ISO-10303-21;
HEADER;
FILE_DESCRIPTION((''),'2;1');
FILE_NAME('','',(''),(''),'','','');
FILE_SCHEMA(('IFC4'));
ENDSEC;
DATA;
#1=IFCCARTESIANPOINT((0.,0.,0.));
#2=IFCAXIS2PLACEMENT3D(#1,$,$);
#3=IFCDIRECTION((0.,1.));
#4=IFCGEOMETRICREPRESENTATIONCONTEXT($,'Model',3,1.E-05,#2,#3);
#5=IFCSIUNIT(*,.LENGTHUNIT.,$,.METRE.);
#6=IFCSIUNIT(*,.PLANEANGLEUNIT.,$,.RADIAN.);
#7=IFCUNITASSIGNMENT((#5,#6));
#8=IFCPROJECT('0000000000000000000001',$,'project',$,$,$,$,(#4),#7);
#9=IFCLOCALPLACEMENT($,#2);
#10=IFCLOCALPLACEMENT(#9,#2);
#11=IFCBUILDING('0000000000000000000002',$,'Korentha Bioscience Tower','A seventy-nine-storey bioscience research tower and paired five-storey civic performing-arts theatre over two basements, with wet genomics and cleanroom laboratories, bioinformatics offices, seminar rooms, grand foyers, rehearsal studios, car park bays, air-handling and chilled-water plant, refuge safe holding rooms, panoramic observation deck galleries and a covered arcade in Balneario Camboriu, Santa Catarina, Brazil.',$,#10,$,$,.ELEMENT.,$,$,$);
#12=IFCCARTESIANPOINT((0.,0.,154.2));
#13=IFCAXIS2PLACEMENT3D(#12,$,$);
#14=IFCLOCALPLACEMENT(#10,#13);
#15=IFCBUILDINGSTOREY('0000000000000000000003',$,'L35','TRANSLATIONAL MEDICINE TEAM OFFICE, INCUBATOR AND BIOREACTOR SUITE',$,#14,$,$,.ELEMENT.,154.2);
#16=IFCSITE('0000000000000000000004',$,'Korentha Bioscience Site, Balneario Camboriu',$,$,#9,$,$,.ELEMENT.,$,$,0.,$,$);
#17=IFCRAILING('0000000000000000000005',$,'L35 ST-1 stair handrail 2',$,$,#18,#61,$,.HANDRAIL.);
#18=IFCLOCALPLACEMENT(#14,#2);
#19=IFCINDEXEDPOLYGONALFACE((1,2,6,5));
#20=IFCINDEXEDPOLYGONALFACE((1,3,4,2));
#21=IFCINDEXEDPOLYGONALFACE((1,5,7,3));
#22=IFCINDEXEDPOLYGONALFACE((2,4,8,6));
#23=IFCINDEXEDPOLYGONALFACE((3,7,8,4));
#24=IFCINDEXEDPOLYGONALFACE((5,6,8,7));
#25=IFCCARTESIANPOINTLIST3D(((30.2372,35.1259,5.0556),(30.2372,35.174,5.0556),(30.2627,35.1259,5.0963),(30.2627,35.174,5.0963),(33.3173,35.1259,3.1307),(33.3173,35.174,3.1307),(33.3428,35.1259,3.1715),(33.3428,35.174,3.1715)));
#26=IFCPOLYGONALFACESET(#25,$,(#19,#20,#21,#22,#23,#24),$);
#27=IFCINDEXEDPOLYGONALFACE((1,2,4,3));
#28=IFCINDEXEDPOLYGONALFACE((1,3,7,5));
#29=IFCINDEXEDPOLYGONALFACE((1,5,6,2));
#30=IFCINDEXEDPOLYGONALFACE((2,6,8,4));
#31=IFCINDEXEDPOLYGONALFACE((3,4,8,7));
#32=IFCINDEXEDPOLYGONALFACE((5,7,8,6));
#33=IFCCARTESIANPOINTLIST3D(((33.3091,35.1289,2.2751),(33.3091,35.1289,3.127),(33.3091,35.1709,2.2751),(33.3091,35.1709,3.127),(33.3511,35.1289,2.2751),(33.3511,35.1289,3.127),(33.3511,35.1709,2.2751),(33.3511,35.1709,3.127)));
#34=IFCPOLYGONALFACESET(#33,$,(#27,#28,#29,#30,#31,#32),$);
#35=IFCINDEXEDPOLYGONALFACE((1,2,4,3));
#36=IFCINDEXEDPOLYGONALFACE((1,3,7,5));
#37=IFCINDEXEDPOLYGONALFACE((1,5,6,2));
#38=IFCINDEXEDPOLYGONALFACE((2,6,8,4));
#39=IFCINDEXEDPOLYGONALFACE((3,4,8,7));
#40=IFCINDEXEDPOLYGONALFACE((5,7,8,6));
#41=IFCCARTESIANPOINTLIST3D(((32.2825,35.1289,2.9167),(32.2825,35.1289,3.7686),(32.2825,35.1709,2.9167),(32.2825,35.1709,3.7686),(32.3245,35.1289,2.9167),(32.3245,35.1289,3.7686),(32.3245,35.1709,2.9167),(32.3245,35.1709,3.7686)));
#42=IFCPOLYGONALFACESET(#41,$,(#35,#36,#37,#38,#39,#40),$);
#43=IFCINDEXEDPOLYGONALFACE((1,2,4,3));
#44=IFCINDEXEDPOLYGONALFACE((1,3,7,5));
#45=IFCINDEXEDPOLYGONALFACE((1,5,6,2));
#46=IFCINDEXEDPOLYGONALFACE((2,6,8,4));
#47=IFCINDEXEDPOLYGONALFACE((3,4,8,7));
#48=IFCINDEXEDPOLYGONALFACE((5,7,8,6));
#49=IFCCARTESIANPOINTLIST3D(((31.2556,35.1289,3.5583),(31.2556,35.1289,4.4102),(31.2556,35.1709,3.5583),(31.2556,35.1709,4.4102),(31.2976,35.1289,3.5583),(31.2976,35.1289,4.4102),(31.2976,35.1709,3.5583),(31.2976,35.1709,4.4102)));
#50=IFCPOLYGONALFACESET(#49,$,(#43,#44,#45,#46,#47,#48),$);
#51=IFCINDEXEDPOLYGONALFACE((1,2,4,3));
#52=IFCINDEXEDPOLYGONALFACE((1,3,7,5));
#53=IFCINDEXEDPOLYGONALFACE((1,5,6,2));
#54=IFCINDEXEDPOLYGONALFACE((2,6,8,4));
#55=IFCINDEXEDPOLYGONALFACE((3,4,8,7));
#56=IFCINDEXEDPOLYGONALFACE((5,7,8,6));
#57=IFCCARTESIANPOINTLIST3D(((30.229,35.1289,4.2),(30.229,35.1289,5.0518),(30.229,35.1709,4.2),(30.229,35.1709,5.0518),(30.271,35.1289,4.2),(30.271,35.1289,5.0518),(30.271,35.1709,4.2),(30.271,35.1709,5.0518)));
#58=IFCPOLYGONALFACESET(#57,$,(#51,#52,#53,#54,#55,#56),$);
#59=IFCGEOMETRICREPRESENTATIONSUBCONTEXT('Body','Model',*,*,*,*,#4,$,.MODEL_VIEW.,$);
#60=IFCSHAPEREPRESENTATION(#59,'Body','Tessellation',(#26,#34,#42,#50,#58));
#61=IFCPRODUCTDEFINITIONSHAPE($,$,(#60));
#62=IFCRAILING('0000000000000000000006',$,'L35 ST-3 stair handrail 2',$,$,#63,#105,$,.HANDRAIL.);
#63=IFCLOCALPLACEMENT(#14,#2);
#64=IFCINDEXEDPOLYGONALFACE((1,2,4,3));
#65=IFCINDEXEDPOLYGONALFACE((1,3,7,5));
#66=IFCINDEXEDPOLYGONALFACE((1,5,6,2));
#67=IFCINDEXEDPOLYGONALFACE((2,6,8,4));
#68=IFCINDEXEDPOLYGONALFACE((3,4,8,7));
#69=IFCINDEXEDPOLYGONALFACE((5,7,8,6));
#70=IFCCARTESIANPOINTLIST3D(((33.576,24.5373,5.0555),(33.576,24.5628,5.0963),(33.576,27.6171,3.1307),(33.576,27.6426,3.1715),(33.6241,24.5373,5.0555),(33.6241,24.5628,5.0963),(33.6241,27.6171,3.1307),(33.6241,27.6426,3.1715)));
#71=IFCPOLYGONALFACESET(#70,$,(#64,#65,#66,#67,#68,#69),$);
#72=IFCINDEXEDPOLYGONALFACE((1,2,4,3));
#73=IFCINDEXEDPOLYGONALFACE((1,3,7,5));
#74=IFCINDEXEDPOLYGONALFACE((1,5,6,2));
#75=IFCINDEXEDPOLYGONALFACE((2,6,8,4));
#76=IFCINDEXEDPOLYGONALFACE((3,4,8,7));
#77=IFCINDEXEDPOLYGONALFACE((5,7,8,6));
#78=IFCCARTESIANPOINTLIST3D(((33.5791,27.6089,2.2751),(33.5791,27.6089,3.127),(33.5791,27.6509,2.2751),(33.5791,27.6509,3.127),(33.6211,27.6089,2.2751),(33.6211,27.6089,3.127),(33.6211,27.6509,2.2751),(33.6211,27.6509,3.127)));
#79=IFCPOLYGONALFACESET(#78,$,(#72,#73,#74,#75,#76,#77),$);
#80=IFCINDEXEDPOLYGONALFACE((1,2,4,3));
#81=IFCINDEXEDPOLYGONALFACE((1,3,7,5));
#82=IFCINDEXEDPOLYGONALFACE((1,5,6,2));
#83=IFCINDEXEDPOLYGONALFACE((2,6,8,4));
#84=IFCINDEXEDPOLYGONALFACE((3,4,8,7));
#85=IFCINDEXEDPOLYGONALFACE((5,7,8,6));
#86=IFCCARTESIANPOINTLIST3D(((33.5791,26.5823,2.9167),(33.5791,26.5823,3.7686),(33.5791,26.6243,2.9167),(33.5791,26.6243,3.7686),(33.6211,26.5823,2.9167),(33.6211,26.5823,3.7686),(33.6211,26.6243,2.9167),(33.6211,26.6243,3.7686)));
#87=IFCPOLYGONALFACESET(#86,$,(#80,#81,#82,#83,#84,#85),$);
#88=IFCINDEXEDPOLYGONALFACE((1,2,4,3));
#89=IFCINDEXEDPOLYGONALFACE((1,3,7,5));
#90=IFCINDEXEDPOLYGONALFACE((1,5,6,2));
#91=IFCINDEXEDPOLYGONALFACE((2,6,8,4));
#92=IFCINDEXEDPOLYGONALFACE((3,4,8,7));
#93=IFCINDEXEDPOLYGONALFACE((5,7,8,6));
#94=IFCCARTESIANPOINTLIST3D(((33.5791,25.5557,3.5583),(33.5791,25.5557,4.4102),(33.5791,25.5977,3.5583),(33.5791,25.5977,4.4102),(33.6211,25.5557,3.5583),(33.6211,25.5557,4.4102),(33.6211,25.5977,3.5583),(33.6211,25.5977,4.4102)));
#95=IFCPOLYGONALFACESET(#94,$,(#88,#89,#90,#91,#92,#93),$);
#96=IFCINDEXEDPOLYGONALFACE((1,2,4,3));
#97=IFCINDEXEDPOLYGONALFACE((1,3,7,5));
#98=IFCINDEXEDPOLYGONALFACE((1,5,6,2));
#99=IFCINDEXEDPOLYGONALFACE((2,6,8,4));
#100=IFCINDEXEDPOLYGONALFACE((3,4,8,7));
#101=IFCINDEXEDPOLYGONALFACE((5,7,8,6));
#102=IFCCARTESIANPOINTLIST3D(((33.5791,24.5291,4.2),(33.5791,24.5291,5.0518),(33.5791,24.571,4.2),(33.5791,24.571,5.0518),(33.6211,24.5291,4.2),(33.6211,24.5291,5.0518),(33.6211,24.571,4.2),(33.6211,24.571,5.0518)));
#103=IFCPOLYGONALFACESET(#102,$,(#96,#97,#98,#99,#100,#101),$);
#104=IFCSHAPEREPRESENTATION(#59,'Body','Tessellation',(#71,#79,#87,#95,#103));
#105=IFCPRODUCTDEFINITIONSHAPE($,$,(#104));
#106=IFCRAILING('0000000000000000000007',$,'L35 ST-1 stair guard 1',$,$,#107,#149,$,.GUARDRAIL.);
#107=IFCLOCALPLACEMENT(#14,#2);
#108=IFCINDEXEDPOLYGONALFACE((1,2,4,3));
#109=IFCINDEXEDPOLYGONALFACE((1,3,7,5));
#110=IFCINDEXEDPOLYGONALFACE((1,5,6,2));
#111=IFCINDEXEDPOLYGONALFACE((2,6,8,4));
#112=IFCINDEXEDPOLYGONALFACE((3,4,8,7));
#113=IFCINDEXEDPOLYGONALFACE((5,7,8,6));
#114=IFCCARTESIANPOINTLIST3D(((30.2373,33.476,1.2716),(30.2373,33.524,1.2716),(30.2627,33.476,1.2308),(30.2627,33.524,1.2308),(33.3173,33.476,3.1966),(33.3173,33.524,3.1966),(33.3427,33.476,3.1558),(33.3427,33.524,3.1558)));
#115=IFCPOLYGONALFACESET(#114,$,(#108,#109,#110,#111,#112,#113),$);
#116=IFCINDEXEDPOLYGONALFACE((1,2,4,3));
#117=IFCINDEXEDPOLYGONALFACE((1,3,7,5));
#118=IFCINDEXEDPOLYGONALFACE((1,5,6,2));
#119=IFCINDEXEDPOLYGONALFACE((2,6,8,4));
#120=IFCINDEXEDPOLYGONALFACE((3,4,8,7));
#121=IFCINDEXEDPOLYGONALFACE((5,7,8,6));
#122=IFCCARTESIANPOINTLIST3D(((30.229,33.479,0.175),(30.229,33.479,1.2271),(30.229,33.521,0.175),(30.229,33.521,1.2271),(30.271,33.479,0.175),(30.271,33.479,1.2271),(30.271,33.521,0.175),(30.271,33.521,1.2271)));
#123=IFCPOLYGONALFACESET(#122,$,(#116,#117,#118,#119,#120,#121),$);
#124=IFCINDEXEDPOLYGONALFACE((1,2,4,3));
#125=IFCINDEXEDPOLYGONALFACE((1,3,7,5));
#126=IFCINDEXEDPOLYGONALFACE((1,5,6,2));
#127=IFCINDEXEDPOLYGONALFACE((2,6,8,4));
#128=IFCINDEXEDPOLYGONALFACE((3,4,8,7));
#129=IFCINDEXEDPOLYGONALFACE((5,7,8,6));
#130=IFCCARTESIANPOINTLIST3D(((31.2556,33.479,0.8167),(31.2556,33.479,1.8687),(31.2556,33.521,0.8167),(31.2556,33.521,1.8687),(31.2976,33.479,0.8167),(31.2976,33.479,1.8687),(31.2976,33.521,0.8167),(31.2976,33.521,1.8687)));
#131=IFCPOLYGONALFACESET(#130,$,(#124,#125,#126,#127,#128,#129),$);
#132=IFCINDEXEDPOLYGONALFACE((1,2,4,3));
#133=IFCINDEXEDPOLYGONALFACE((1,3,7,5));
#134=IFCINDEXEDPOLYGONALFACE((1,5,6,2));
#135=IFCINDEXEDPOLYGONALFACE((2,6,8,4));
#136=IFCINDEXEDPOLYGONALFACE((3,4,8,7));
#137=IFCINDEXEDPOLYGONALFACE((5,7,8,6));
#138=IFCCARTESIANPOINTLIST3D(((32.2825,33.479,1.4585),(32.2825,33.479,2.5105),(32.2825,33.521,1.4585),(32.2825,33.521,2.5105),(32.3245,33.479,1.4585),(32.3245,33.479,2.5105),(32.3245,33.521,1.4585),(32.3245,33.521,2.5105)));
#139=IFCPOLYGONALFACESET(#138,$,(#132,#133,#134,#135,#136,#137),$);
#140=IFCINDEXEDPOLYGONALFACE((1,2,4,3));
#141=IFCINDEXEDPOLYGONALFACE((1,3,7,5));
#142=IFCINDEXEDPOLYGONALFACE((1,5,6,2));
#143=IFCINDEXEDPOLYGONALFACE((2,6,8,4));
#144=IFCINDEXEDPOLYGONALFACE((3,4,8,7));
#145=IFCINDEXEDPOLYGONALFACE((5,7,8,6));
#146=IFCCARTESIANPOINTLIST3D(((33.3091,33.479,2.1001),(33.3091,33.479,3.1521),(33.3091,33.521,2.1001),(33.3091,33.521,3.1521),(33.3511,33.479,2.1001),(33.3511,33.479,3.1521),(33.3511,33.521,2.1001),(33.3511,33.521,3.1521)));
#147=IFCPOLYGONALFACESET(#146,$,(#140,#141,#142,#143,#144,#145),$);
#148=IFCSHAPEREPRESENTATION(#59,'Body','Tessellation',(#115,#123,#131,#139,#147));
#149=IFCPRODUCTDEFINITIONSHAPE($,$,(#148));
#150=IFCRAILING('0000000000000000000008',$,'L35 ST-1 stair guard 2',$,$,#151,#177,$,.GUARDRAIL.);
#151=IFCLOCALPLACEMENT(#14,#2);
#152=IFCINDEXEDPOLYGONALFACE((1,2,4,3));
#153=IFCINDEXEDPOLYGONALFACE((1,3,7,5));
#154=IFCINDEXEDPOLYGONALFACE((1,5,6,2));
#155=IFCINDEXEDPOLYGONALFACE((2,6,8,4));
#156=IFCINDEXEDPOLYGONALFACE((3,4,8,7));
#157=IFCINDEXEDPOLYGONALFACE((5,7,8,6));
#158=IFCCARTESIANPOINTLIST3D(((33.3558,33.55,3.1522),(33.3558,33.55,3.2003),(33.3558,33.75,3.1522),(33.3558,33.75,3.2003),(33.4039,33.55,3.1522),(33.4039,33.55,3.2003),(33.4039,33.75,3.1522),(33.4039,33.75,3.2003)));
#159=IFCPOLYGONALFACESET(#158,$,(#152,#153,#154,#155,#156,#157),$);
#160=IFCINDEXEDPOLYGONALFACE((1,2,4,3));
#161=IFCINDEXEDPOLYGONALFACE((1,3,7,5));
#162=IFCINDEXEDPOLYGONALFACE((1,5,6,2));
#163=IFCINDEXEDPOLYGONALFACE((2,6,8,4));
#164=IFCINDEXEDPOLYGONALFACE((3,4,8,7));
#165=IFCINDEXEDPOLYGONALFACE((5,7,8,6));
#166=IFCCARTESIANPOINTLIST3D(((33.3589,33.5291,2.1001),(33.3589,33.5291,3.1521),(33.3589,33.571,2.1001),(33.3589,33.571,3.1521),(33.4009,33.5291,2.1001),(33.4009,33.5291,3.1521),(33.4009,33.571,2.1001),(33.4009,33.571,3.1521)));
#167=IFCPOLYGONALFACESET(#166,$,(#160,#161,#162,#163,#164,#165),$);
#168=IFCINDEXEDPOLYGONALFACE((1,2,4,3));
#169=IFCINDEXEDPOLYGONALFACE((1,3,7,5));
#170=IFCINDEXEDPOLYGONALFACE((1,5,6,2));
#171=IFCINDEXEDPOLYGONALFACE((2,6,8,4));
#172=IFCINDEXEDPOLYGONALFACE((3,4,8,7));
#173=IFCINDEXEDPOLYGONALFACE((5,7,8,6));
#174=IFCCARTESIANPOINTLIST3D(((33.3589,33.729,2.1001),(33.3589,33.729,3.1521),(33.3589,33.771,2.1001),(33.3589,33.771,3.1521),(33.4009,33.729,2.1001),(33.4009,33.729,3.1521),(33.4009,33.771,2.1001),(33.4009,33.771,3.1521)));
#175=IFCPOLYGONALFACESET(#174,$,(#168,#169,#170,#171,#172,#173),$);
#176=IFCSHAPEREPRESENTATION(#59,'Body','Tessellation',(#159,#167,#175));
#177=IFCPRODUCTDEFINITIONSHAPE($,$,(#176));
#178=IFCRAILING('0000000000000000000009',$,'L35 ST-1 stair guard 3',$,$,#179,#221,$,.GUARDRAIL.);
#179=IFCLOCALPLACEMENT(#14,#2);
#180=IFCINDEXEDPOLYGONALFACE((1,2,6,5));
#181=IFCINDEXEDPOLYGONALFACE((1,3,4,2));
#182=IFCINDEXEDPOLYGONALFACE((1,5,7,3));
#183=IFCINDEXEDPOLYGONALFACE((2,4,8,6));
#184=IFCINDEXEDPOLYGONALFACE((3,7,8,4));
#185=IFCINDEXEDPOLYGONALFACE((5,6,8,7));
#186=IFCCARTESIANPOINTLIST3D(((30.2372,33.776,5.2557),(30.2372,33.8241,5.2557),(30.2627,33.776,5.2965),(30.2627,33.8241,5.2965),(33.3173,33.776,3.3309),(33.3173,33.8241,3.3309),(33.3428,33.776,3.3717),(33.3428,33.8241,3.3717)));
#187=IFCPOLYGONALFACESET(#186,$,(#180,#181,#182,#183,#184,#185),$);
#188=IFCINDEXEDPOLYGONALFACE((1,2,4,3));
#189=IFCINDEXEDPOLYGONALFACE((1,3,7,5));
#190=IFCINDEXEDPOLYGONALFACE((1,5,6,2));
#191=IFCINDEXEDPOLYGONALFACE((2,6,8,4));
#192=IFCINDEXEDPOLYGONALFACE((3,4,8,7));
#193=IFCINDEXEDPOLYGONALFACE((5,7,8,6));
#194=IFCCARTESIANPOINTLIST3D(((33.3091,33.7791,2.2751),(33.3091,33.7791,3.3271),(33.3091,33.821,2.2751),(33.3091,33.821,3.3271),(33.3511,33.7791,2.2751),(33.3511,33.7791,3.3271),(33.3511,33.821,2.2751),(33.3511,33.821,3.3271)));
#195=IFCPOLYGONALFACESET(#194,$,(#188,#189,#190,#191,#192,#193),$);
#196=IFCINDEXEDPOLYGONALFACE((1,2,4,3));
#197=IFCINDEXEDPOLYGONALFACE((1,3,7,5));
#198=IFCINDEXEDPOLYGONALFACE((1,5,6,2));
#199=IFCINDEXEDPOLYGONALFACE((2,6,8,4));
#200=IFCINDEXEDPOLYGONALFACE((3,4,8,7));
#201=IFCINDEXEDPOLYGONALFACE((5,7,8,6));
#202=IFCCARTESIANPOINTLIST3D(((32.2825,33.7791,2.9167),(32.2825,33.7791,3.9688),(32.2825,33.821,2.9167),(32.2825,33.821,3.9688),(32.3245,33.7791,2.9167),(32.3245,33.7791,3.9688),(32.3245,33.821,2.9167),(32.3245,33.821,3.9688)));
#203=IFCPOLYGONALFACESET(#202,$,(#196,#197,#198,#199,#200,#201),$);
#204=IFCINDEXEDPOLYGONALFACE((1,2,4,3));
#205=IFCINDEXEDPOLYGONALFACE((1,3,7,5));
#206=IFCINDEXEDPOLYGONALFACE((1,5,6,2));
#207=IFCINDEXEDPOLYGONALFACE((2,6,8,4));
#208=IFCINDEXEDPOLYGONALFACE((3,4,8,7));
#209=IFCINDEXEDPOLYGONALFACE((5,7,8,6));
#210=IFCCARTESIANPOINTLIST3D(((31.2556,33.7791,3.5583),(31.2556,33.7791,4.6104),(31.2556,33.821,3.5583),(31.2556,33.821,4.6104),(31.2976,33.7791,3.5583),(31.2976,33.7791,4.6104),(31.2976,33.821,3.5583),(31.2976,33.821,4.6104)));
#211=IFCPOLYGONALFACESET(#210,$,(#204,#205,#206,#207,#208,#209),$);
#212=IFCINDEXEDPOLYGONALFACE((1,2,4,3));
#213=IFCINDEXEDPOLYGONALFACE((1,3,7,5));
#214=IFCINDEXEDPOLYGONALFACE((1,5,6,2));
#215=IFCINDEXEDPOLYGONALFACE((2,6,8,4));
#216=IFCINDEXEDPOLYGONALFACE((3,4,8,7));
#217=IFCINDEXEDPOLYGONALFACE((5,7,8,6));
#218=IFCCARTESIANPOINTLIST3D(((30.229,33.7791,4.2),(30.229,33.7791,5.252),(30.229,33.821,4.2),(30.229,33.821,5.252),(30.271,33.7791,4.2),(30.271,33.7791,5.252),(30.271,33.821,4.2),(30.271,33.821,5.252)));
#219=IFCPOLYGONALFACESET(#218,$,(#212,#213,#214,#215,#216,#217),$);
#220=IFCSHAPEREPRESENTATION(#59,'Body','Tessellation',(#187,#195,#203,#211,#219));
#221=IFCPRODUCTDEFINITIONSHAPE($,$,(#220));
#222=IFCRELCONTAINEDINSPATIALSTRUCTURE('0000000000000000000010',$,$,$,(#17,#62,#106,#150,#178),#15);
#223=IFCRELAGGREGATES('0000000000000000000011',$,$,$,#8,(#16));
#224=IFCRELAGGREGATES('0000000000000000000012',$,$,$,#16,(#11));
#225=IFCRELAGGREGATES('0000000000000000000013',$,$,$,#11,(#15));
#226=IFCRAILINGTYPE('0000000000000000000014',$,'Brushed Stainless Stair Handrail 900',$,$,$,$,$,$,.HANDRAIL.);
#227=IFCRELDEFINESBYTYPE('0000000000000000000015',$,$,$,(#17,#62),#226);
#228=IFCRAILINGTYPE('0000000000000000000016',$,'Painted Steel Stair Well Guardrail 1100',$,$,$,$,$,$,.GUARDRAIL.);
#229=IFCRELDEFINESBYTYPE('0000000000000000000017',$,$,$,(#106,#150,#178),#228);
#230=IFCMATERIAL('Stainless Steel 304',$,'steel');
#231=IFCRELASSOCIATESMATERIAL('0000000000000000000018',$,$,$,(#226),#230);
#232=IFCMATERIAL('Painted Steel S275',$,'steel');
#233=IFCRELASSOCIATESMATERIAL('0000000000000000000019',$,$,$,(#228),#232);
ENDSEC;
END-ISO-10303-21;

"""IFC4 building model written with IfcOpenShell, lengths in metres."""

from ifc_helpers import new_model, si_unit, direction, frame, origin, origin_2d, place, context, subcontext, project, spatial, rectangle, extrude, material, type_object, element, save


model = new_model("IFC4")

# Units and contexts
model_context = context("Model", 3, precision=1e-05, world=origin(), true_north=direction((0.0, 1.0)))
body_context = subcontext(model_context, "Body", "Model", "MODEL_VIEW")
ifc_project = project(units=[si_unit("LENGTHUNIT", "METRE"), si_unit("PLANEANGLEUNIT", "RADIAN")], contexts=[model_context])

# Site, building, storey
site_placement = place(None, origin())
site = spatial("IfcSite", under=ifc_project, at=site_placement, Name="Korentha Bioscience Site, Balneario Camboriu", CompositionType="ELEMENT", RefElevation=0.0)
building_placement = place(site_placement, origin())
building = spatial("IfcBuilding", under=site, at=building_placement, Name="Korentha Bioscience Tower", Description="A seventy-nine-storey bioscience research tower and paired five-storey civic performing-arts theatre over two basements, with wet genomics and cleanroom laboratories, bioinformatics offices, seminar rooms, grand foyers, rehearsal studios, car park bays, air-handling and chilled-water plant, refuge safe holding rooms, panoramic observation deck galleries and a covered arcade in Balneario Camboriu, Santa Catarina, Brazil.", CompositionType="ELEMENT")
storey_placement = place(building_placement, frame((0.0, 0.0, 154.2)))
storey = spatial("IfcBuildingStorey", under=building, at=storey_placement, Name="L35", Description="TRANSLATIONAL MEDICINE TEAM OFFICE, INCUBATOR AND BIOREACTOR SUITE", CompositionType="ELEMENT", Elevation=154.2)

# Railings
ifc_material_1 = material(Name="Stainless Steel 304", Category="steel")
railing_type_1 = type_object("IfcRailingType", Name="Brushed Stainless Stair Handrail 900", PredefinedType="HANDRAIL", material=ifc_material_1)
railing_1_placement = place(storey_placement, frame((33.3301, 35.1499, 2.2751)))
element("IfcRailing", 1, at=railing_1_placement, inside=storey, type_object=railing_type_1, Name="L35 ST-1 stair handrail 2", PredefinedType="HANDRAIL", context=body_context, shape_type="SweptSolid", body=[
    extrude(rectangle(XDim=0.0481, YDim=0.0481, at=origin_2d()), frame((0.0, 0.0, 0.876), z_axis=(-0.848029, 0.0, 0.529951), x_axis=(0.0, -1.0, 0.0)), (0.0, 0.0, 1.0), 3.6321),
    extrude(rectangle(XDim=0.042, YDim=0.042, at=origin_2d()), origin(), (0.0, 0.0, 1.0), 0.8518),
    extrude(rectangle(XDim=0.042, YDim=0.042, at=origin_2d()), frame((-1.0266, 0.0, 0.6416)), (0.0, 0.0, 1.0), 0.8518),
    extrude(rectangle(XDim=0.042, YDim=0.042, at=origin_2d()), frame((-2.0535, 0.0, 1.2832)), (0.0, 0.0, 1.0), 0.8518),
    extrude(rectangle(XDim=0.042, YDim=0.042, at=origin_2d()), frame((-3.0801, 0.0, 1.9248)), (0.0, 0.0, 1.0), 0.8518),
])
railing_2_placement = place(storey_placement, frame((33.6001, 27.6299, 2.2751)))
element("IfcRailing", 2, at=railing_2_placement, inside=storey, type_object=railing_type_1, Name="L35 ST-3 stair handrail 2", PredefinedType="HANDRAIL", context=body_context, shape_type="SweptSolid", body=[
    extrude(rectangle(XDim=0.0481, YDim=0.0481, at=origin_2d()), frame((0.0, 0.0, 0.876), z_axis=(0.0, -0.84801, 0.529981), x_axis=(1.0, 0.0, 0.0)), (0.0, 0.0, 1.0), 3.6318),
    extrude(rectangle(XDim=0.042, YDim=0.042, at=origin_2d()), origin(), (0.0, 0.0, 1.0), 0.8518),
    extrude(rectangle(XDim=0.042, YDim=0.042, at=origin_2d()), frame((0.0, -1.0266, 0.6416)), (0.0, 0.0, 1.0), 0.8518),
    extrude(rectangle(XDim=0.042, YDim=0.042, at=origin_2d()), frame((0.0, -2.0532, 1.2832)), (0.0, 0.0, 1.0), 0.8518),
    extrude(rectangle(XDim=0.042, YDim=0.042, at=origin_2d()), frame((0.0, -3.0798, 1.9248)), (0.0, 0.0, 1.0), 0.8518),
])
ifc_material_2 = material(Name="Painted Steel S275", Category="steel")
railing_type_2 = type_object("IfcRailingType", Name="Painted Steel Stair Well Guardrail 1100", PredefinedType="GUARDRAIL", material=ifc_material_2)
railing_3_placement = place(storey_placement, frame((30.25, 33.5, 0.175)))
element("IfcRailing", 3, at=railing_3_placement, inside=storey, type_object=railing_type_2, Name="L35 ST-1 stair guard 1", PredefinedType="GUARDRAIL", context=body_context, shape_type="SweptSolid", body=[
    extrude(rectangle(XDim=0.0481, YDim=0.0481, at=origin_2d()), frame((0.0, 0.0, 1.0762), z_axis=(0.847998, 0.0, 0.529999), x_axis=(0.0, 1.0, 0.0)), (0.0, 0.0, 1.0), 3.6321),
    extrude(rectangle(XDim=0.042, YDim=0.042, at=origin_2d()), origin(), (0.0, 0.0, 1.0), 1.052),
    extrude(rectangle(XDim=0.042, YDim=0.042, at=origin_2d()), frame((1.0266, 0.0, 0.6416)), (0.0, 0.0, 1.0), 1.052),
    extrude(rectangle(XDim=0.042, YDim=0.042, at=origin_2d()), frame((2.0535, 0.0, 1.2834)), (0.0, 0.0, 1.0), 1.052),
    extrude(rectangle(XDim=0.042, YDim=0.042, at=origin_2d()), frame((3.0801, 0.0, 1.925)), (0.0, 0.0, 1.0), 1.052),
])
railing_4_placement = place(storey_placement, frame((33.3799, 33.55, 2.1001)))
element("IfcRailing", 4, at=railing_4_placement, inside=storey, type_object=railing_type_2, Name="L35 ST-1 stair guard 2", PredefinedType="GUARDRAIL", context=body_context, shape_type="SweptSolid", body=[
    extrude(rectangle(XDim=0.0481, YDim=0.0481, at=origin_2d()), frame((0.0, 0.0, 1.0762), z_axis=(0.0, 1.0, 0.0), x_axis=(-1.0, 0.0, 0.0)), (0.0, 0.0, 1.0), 0.2),
    extrude(rectangle(XDim=0.042, YDim=0.042, at=origin_2d()), origin(), (0.0, 0.0, 1.0), 1.052),
    extrude(rectangle(XDim=0.042, YDim=0.042, at=origin_2d()), frame((0.0, 0.2, 0.0)), (0.0, 0.0, 1.0), 1.052),
])
railing_5_placement = place(storey_placement, frame((33.3301, 33.8, 2.2751)))
element("IfcRailing", 5, at=railing_5_placement, inside=storey, type_object=railing_type_2, Name="L35 ST-1 stair guard 3", PredefinedType="GUARDRAIL", context=body_context, shape_type="SweptSolid", body=[
    extrude(rectangle(XDim=0.0481, YDim=0.0481, at=origin_2d()), frame((0.0, 0.0, 1.0762), z_axis=(-0.848029, 0.0, 0.529951), x_axis=(0.0, -1.0, 0.0)), (0.0, 0.0, 1.0), 3.6321),
    extrude(rectangle(XDim=0.042, YDim=0.042, at=origin_2d()), origin(), (0.0, 0.0, 1.0), 1.052),
    extrude(rectangle(XDim=0.042, YDim=0.042, at=origin_2d()), frame((-1.0266, 0.0, 0.6416)), (0.0, 0.0, 1.0), 1.052),
    extrude(rectangle(XDim=0.042, YDim=0.042, at=origin_2d()), frame((-2.0535, 0.0, 1.2832)), (0.0, 0.0, 1.0), 1.052),
    extrude(rectangle(XDim=0.042, YDim=0.042, at=origin_2d()), frame((-3.0801, 0.0, 1.9248)), (0.0, 0.0, 1.0), 1.052),
])

save(model, "model.ifc")
